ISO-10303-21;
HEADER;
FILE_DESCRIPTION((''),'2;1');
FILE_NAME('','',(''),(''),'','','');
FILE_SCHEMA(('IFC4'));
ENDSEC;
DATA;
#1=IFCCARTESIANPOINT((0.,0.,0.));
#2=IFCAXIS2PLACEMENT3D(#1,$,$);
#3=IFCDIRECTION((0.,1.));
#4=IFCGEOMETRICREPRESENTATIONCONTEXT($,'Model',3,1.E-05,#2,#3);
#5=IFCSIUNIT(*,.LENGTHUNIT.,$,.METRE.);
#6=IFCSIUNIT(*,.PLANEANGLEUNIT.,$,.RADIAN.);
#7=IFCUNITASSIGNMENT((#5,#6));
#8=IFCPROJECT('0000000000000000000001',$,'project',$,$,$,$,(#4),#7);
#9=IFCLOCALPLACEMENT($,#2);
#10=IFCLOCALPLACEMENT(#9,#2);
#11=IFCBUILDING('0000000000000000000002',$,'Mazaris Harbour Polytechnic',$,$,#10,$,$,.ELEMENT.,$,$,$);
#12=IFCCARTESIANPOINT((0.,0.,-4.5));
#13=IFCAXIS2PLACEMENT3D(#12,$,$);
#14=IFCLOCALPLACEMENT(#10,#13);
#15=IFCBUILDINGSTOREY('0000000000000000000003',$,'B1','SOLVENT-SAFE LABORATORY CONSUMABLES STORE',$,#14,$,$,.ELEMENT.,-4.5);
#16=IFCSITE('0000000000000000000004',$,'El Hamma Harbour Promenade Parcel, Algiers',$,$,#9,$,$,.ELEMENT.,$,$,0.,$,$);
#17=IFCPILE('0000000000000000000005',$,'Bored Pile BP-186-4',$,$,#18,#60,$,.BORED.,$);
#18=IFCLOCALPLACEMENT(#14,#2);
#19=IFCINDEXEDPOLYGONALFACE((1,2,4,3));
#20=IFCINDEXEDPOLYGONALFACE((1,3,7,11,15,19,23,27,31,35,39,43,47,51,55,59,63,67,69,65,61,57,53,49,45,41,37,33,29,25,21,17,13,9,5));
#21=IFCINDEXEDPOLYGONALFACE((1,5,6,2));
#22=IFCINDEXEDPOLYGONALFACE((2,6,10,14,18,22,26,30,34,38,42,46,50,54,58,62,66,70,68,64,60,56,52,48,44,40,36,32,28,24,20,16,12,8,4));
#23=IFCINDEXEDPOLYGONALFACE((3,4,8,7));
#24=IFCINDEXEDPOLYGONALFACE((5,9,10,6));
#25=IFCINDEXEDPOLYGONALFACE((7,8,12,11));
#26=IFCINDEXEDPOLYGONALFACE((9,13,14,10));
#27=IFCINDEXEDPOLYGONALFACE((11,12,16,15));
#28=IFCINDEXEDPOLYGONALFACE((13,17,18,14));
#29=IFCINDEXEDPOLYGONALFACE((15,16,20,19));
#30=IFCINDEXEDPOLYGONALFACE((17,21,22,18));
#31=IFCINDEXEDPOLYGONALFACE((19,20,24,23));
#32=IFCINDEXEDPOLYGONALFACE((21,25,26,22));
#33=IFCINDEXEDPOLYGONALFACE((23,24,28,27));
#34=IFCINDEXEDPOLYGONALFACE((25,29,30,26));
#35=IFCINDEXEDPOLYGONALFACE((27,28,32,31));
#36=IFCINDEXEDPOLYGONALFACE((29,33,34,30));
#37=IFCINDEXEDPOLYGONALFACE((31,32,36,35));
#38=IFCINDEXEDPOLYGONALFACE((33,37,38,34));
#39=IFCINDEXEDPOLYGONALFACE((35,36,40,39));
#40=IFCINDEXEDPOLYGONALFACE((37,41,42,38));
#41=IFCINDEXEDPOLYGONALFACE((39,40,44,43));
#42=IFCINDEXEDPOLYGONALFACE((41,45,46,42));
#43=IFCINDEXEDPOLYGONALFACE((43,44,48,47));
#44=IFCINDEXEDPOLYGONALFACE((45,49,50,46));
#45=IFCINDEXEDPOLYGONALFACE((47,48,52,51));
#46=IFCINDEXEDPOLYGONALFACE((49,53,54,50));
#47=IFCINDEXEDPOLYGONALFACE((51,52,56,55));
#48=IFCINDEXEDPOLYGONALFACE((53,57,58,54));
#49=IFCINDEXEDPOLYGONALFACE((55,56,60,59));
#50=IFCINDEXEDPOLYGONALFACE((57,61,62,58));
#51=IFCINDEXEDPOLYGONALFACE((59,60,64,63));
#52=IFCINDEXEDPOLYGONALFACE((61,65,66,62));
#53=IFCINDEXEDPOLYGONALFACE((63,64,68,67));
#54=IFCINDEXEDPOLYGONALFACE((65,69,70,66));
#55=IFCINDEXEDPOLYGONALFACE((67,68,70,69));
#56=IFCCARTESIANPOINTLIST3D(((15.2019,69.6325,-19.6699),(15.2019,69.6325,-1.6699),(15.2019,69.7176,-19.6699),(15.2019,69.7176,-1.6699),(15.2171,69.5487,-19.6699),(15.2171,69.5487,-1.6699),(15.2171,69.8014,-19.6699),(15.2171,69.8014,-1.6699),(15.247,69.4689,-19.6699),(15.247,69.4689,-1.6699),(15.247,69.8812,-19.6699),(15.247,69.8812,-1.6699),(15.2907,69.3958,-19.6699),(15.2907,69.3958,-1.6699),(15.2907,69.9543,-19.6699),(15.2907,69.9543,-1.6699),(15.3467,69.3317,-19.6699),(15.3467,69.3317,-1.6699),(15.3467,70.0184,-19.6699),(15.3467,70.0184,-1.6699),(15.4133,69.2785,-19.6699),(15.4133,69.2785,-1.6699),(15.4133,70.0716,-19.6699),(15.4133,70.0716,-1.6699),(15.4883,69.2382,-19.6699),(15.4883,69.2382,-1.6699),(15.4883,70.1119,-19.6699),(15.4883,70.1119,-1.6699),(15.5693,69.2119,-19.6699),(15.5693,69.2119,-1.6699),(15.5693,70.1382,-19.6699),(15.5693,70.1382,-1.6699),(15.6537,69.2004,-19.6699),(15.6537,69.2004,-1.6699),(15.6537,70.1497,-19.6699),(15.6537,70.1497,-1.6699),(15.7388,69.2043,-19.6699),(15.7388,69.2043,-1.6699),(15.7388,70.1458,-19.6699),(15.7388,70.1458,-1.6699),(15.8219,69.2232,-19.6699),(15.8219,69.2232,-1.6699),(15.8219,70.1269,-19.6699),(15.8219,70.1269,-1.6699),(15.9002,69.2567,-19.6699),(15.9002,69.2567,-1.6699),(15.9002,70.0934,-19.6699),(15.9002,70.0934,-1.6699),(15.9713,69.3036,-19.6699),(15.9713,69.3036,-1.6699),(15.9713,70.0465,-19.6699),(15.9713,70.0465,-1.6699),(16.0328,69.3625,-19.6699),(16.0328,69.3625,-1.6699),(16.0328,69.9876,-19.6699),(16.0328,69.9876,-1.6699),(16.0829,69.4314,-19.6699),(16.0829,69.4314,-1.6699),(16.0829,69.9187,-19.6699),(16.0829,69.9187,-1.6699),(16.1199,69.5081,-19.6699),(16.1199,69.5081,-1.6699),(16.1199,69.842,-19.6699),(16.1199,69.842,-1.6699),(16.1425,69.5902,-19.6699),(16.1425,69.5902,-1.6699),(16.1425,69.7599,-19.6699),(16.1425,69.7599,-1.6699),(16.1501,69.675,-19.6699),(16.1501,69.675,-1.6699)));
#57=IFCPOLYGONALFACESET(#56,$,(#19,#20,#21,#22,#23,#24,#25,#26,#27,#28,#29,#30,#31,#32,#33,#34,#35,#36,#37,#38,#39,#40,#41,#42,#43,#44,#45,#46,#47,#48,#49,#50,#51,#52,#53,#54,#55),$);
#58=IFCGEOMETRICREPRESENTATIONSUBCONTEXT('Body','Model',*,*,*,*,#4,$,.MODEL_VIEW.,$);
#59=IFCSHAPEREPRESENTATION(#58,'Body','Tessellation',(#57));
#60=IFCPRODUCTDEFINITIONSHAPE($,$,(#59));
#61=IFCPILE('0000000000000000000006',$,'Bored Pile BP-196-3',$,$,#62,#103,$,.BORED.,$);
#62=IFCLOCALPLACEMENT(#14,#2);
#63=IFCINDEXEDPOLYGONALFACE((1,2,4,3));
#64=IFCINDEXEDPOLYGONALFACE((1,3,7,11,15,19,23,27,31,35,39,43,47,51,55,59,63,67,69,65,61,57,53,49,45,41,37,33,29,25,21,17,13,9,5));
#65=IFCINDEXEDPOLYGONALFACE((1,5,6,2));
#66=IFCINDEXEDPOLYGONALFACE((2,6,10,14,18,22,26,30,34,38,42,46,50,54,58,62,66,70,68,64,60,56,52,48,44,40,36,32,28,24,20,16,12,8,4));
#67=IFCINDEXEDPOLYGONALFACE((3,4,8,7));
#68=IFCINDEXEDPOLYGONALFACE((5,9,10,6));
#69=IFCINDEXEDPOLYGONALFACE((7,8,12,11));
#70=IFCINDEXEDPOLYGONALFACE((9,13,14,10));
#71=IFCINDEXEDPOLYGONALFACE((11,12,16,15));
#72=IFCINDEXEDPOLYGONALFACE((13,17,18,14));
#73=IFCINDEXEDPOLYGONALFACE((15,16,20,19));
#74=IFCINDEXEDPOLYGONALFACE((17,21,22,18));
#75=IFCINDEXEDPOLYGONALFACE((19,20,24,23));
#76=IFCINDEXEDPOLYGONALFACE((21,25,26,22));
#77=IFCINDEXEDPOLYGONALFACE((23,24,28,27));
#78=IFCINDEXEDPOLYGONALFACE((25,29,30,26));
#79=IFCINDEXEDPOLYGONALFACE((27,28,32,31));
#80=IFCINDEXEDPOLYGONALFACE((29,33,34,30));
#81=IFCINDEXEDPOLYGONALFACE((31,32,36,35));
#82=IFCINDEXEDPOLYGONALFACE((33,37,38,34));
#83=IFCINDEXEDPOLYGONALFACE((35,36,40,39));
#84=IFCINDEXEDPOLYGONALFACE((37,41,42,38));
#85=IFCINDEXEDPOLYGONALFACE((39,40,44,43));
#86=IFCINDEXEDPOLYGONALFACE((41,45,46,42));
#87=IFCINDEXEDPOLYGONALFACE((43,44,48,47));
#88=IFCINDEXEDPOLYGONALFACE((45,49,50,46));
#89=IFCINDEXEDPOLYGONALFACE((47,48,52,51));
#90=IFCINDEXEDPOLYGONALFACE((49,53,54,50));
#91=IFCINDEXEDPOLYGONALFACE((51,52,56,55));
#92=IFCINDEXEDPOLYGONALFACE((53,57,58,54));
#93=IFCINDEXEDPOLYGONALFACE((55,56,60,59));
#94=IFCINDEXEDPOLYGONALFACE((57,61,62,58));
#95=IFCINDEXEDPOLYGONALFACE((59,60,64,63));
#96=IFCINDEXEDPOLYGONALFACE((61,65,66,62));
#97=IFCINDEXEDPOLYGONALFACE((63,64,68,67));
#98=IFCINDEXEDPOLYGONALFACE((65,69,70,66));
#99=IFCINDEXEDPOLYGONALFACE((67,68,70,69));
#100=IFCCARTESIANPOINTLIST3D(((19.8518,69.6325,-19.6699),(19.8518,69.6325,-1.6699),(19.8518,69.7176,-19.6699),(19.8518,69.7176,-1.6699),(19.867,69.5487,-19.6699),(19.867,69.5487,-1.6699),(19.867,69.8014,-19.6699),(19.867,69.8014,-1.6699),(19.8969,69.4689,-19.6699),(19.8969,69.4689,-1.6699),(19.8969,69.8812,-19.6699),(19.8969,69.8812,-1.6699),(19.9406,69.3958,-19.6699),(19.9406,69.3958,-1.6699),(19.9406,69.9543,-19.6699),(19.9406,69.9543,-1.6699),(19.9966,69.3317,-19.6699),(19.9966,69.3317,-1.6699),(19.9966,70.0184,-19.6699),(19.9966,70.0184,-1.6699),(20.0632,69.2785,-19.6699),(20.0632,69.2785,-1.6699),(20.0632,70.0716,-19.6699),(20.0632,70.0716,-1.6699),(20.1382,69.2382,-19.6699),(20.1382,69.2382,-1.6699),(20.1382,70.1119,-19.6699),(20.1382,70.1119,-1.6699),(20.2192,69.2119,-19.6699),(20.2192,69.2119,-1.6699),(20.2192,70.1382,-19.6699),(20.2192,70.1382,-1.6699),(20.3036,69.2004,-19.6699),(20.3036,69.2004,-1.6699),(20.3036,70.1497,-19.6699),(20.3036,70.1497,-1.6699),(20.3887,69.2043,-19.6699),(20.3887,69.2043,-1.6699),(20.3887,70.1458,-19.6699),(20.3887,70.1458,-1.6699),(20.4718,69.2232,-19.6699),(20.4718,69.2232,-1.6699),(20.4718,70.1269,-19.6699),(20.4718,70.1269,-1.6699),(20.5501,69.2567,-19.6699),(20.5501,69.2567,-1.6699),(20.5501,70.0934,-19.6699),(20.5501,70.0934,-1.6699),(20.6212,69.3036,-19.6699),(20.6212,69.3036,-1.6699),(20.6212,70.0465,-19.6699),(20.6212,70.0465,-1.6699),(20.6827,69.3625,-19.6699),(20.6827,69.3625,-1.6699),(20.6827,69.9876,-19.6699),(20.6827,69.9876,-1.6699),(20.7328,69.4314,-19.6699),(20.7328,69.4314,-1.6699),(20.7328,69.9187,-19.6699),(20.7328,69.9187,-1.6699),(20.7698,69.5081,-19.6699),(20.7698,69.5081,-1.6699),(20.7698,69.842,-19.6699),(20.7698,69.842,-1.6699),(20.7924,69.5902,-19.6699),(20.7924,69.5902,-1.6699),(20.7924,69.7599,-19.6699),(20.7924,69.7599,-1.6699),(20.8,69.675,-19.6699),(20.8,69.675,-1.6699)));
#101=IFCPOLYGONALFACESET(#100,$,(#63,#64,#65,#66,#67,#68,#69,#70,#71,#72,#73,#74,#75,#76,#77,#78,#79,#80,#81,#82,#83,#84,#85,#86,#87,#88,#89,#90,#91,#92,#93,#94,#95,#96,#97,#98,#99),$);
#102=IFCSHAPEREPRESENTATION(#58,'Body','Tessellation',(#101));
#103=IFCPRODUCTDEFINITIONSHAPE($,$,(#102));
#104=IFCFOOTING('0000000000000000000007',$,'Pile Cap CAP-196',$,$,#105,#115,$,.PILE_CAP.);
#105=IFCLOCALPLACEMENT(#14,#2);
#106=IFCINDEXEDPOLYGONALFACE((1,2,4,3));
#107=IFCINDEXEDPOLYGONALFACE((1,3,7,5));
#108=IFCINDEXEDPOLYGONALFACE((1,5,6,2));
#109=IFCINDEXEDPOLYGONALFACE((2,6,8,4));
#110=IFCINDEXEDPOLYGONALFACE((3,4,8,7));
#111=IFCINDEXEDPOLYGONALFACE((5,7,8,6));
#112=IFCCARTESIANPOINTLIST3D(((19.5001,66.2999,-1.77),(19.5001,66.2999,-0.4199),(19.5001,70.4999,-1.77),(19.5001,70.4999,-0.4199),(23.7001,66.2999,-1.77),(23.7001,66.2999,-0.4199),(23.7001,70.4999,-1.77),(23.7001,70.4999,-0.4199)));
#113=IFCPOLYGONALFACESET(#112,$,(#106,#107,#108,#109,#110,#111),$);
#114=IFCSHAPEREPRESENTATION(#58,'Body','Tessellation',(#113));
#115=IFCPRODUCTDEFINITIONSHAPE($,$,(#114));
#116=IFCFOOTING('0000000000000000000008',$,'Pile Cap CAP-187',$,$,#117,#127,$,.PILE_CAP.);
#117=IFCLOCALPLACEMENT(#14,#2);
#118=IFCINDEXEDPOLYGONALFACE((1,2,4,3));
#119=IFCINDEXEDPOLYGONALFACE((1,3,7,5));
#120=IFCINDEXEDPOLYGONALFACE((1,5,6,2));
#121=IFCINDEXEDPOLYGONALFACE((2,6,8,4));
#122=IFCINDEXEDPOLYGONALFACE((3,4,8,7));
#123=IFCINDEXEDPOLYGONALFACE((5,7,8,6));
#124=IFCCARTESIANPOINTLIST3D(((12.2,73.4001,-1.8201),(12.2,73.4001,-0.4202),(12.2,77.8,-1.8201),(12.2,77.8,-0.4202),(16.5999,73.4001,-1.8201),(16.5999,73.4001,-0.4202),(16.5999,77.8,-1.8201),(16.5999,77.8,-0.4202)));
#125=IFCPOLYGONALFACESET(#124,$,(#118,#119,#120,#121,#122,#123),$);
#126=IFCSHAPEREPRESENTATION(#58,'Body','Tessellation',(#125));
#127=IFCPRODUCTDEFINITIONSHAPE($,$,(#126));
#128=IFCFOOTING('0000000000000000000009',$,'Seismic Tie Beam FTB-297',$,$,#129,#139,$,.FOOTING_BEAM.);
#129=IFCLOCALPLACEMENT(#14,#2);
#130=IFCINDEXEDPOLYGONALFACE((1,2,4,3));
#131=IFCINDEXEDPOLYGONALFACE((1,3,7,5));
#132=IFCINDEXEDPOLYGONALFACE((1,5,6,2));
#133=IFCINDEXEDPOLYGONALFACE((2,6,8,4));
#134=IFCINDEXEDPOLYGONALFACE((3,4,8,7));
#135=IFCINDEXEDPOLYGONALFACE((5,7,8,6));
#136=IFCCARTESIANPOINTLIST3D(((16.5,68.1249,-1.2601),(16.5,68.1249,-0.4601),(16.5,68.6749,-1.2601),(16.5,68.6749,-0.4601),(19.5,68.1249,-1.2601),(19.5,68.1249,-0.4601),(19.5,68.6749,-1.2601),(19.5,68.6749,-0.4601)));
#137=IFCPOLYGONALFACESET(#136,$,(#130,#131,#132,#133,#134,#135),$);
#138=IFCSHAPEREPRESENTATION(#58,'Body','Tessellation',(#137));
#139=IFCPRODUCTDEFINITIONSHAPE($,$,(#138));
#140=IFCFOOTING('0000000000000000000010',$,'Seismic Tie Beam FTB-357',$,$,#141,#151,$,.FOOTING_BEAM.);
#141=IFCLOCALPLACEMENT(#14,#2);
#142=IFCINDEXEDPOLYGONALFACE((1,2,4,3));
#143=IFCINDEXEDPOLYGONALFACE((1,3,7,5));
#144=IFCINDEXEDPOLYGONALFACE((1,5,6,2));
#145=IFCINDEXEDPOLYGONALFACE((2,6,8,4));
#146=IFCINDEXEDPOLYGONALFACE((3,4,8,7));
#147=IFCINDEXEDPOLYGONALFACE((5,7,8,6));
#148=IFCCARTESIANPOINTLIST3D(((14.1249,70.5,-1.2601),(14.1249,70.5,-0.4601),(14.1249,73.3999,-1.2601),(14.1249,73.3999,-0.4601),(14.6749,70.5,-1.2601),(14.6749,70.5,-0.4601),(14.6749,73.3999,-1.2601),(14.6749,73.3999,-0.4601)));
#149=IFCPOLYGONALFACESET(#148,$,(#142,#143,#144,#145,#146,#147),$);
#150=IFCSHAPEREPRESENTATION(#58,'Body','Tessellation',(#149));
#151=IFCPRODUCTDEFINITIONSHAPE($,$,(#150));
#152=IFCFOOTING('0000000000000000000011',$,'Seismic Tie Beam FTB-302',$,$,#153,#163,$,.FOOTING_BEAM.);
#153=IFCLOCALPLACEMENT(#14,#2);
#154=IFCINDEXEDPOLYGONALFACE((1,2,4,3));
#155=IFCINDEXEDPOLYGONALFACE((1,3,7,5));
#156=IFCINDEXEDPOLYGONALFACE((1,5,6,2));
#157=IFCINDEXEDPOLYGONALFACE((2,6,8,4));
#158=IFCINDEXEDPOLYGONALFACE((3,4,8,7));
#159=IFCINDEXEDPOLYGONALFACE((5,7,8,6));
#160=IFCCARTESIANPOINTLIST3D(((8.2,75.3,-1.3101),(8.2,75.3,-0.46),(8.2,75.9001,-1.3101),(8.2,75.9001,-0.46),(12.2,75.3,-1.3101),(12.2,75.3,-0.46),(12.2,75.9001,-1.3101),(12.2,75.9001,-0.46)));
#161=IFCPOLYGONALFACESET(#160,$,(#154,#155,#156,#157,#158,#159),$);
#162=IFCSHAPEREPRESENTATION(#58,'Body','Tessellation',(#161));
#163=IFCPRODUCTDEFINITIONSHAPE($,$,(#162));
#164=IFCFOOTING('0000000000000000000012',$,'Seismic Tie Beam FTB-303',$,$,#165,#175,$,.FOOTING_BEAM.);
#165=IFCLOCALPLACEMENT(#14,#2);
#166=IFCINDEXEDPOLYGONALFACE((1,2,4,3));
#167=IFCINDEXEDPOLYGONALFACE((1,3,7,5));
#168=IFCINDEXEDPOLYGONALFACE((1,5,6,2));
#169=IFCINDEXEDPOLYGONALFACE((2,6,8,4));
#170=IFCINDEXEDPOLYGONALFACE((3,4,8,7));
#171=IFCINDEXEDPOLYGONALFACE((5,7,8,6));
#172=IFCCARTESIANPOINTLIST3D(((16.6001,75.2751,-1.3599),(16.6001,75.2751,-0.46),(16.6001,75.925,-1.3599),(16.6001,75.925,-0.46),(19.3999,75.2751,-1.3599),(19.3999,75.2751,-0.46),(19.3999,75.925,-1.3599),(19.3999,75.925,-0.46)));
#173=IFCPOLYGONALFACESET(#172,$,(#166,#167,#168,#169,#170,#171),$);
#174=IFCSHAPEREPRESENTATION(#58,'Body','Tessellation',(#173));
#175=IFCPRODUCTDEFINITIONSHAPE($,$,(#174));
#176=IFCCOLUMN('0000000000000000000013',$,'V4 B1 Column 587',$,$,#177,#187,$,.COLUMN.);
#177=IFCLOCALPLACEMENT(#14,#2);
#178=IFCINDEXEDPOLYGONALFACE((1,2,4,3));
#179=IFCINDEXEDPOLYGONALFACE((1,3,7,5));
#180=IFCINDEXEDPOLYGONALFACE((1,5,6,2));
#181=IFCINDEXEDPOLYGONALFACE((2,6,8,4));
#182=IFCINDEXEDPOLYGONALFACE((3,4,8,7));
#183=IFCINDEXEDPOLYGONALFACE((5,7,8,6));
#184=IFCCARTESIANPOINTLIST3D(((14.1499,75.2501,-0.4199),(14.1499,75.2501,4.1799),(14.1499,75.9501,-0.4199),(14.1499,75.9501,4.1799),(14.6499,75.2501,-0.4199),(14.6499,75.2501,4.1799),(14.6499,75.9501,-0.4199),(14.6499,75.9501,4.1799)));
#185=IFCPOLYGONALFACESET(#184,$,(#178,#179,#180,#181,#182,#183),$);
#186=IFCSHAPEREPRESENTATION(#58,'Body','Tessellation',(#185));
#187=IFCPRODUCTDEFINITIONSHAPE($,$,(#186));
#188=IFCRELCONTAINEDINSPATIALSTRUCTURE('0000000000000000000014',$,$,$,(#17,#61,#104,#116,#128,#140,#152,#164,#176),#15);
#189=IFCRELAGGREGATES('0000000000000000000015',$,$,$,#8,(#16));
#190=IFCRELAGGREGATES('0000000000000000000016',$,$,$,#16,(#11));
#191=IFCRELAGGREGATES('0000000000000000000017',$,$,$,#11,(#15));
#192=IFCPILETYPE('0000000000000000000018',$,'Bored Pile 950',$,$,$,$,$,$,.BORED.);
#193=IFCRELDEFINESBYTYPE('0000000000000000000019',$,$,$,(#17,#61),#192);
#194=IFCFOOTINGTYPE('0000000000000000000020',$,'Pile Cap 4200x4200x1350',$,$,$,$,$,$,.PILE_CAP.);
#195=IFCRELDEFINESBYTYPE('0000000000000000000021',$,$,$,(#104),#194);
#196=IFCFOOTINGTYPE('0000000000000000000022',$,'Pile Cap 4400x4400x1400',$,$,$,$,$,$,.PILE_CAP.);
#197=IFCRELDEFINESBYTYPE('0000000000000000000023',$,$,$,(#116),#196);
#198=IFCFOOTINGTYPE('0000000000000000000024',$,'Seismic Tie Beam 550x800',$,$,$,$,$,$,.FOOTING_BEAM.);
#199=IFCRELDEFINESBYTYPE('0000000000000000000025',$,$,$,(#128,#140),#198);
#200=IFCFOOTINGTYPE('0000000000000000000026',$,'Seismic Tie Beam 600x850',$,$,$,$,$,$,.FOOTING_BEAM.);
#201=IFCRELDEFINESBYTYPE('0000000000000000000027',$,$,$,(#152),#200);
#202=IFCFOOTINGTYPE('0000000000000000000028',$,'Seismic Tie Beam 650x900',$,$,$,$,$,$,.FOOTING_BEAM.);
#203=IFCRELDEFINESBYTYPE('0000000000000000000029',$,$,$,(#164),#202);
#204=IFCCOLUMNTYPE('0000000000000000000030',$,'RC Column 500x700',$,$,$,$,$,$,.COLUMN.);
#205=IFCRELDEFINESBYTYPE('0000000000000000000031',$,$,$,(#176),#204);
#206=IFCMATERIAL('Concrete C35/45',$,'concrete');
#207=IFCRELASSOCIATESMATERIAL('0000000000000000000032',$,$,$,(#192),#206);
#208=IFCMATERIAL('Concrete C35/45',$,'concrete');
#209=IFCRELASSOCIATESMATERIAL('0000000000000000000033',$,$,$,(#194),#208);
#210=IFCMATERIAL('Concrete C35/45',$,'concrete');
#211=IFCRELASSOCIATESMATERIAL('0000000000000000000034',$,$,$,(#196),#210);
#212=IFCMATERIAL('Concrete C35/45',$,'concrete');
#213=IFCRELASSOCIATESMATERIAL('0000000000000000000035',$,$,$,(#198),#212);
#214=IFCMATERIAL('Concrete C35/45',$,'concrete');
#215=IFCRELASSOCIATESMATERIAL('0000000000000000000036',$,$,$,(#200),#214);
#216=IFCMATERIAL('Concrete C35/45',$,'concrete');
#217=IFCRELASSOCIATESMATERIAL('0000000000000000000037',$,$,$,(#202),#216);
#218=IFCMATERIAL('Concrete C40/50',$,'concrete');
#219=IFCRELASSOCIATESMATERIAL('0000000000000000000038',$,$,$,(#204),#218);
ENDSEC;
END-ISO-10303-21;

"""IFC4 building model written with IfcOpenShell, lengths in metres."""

from ifc_helpers import new_model, si_unit, direction, frame, origin, origin_2d, place, context, subcontext, project, spatial, rectangle, circle, extrude, material, material_profile, profile_set, type_object, element, save


model = new_model("IFC4")

# Units and contexts
model_context = context("Model", 3, precision=1e-05, world=origin(), true_north=direction((0.0, 1.0)))
body_context = subcontext(model_context, "Body", "Model", "MODEL_VIEW")
ifc_project = project(units=[si_unit("LENGTHUNIT", "METRE"), si_unit("PLANEANGLEUNIT", "RADIAN")], contexts=[model_context])

# Site, building, storey
site_placement = place(None, origin())
site = spatial("IfcSite", under=ifc_project, at=site_placement, Name="El Hamma Harbour Promenade Parcel, Algiers", CompositionType="ELEMENT", RefElevation=0.0)
building_placement = place(site_placement, origin())
building = spatial("IfcBuilding", under=site, at=building_placement, Name="Mazaris Harbour Polytechnic", CompositionType="ELEMENT")
storey_placement = place(building_placement, frame((0.0, 0.0, -4.5)))
storey = spatial("IfcBuildingStorey", under=building, at=storey_placement, Name="B1", Description="SOLVENT-SAFE LABORATORY CONSUMABLES STORE", CompositionType="ELEMENT", Elevation=-4.5)

# Piles
ifc_material_1 = material(Name="Concrete C35/45", Category="concrete")
ifc_material_profile_1 = material_profile(ifc_material_1, circle(Radius=0.4751, at=origin_2d()), Name="DIA950")
ifc_profile_set_1 = profile_set([ifc_material_profile_1], Name="Concrete C35/45")
pile_type_1 = type_object("IfcPileType", Name="Bored Pile 950", PredefinedType="BORED", material=ifc_profile_set_1)
for number, where, z_axis, x_axis, name in (
    (1, (15.675, 69.675, -1.6699), (0.0, 0.0, -1.0), (1.0, 0.0, 0.0), "Bored Pile BP-186-4"),
    (2, (20.325, 69.675, -1.6699), (0.0, 0.0, -1.0), (1.0, 0.0, 0.0), "Bored Pile BP-196-3"),
):
    element("IfcPile", number, at=place(storey_placement, frame(where, z_axis=z_axis, x_axis=x_axis)), inside=storey, type_object=pile_type_1, Name=name, PredefinedType="BORED", context=body_context, shape_type="SweptSolid", body=[
        extrude(circle(Radius=0.4751, at=origin_2d()), origin(), (0.0, 0.0, 1.0), 18.0),
    ])

# Footings
ifc_material_2 = material(Name="Concrete C35/45", Category="concrete")
footing_type_1 = type_object("IfcFootingType", Name="Pile Cap 4200x4200x1350", PredefinedType="PILE_CAP", material=ifc_material_2)
footing_1_placement = place(storey_placement, frame((21.6001, 68.3999, -1.77), z_axis=(0.0, 0.0, 1.0), x_axis=(1.0, 0.0, 0.0)))
element("IfcFooting", 3, at=footing_1_placement, inside=storey, type_object=footing_type_1, Name="Pile Cap CAP-196", PredefinedType="PILE_CAP", context=body_context, shape_type="SweptSolid", body=[
    extrude(rectangle(XDim=4.2, YDim=4.2, at=origin_2d()), origin(), (0.0, 0.0, 1.0), 1.3501),
])
ifc_material_3 = material(Name="Concrete C35/45", Category="concrete")
footing_type_2 = type_object("IfcFootingType", Name="Pile Cap 4400x4400x1400", PredefinedType="PILE_CAP", material=ifc_material_3)
footing_2_placement = place(storey_placement, frame((14.3999, 75.6001, -1.8201), z_axis=(0.0, 0.0, 1.0), x_axis=(1.0, 0.0, 0.0)))
element("IfcFooting", 4, at=footing_2_placement, inside=storey, type_object=footing_type_2, Name="Pile Cap CAP-187", PredefinedType="PILE_CAP", context=body_context, shape_type="SweptSolid", body=[
    extrude(rectangle(XDim=4.3999, YDim=4.3999, at=origin_2d()), origin(), (0.0, 0.0, 1.0), 1.3999),
])
ifc_material_4 = material(Name="Concrete C35/45", Category="concrete")
ifc_material_profile_2 = material_profile(ifc_material_4, rectangle(XDim=0.55, YDim=0.8, at=origin_2d()), Name="RECT550x800")
ifc_profile_set_2 = profile_set([ifc_material_profile_2], Name="Concrete C35/45")
footing_type_3 = type_object("IfcFootingType", Name="Seismic Tie Beam 550x800", PredefinedType="FOOTING_BEAM", material=ifc_profile_set_2)
footing_3_placement = place(storey_placement, frame((16.5, 68.3999, -0.8601), z_axis=(1.0, 0.0, 0.0), x_axis=(0.0, 1.0, 0.0)))
element("IfcFooting", 5, at=footing_3_placement, inside=storey, type_object=footing_type_3, Name="Seismic Tie Beam FTB-297", PredefinedType="FOOTING_BEAM", context=body_context, shape_type="SweptSolid", body=[
    extrude(rectangle(XDim=0.55, YDim=0.8, at=origin_2d()), origin(), (0.0, 0.0, 1.0), 3.0),
])
footing_4_placement = place(storey_placement, frame((14.3999, 70.5, -0.8601), z_axis=(0.0, 1.0, 0.0), x_axis=(-1.0, 0.0, 0.0)))
element("IfcFooting", 6, at=footing_4_placement, inside=storey, type_object=footing_type_3, Name="Seismic Tie Beam FTB-357", PredefinedType="FOOTING_BEAM", context=body_context, shape_type="SweptSolid", body=[
    extrude(rectangle(XDim=0.55, YDim=0.8, at=origin_2d()), origin(), (0.0, 0.0, 1.0), 2.8999),
])
ifc_material_5 = material(Name="Concrete C35/45", Category="concrete")
ifc_material_profile_3 = material_profile(ifc_material_5, rectangle(XDim=0.6001, YDim=0.8501, at=origin_2d()), Name="RECT600x850")
ifc_profile_set_3 = profile_set([ifc_material_profile_3], Name="Concrete C35/45")
footing_type_4 = type_object("IfcFootingType", Name="Seismic Tie Beam 600x850", PredefinedType="FOOTING_BEAM", material=ifc_profile_set_3)
footing_5_placement = place(storey_placement, frame((8.2, 75.6001, -0.885), z_axis=(1.0, 0.0, 0.0), x_axis=(0.0, 1.0, 0.0)))
element("IfcFooting", 7, at=footing_5_placement, inside=storey, type_object=footing_type_4, Name="Seismic Tie Beam FTB-302", PredefinedType="FOOTING_BEAM", context=body_context, shape_type="SweptSolid", body=[
    extrude(rectangle(XDim=0.6001, YDim=0.8501, at=origin_2d()), origin(), (0.0, 0.0, 1.0), 4.0),
])
ifc_material_6 = material(Name="Concrete C35/45", Category="concrete")
ifc_material_profile_4 = material_profile(ifc_material_6, rectangle(XDim=0.6499, YDim=0.8999, at=origin_2d()), Name="RECT650x900")
ifc_profile_set_4 = profile_set([ifc_material_profile_4], Name="Concrete C35/45")
footing_type_5 = type_object("IfcFootingType", Name="Seismic Tie Beam 650x900", PredefinedType="FOOTING_BEAM", material=ifc_profile_set_4)
footing_6_placement = place(storey_placement, frame((16.6001, 75.6001, -0.9099), z_axis=(1.0, 0.0, 0.0), x_axis=(0.0, 1.0, 0.0)))
element("IfcFooting", 8, at=footing_6_placement, inside=storey, type_object=footing_type_5, Name="Seismic Tie Beam FTB-303", PredefinedType="FOOTING_BEAM", context=body_context, shape_type="SweptSolid", body=[
    extrude(rectangle(XDim=0.6499, YDim=0.8999, at=origin_2d()), origin(), (0.0, 0.0, 1.0), 2.7998),
])

# Column
ifc_material_7 = material(Name="Concrete C40/50", Category="concrete")
ifc_material_profile_5 = material_profile(ifc_material_7, rectangle(XDim=0.5, YDim=0.7, at=origin_2d()), Name="RECT500x700")
ifc_profile_set_5 = profile_set([ifc_material_profile_5], Name="Concrete C40/50")
column_type_1 = type_object("IfcColumnType", Name="RC Column 500x700", PredefinedType="COLUMN", material=ifc_profile_set_5)
column_1_placement = place(storey_placement, frame((14.3999, 75.6001, -0.4199), z_axis=(0.0, 0.0, 1.0), x_axis=(1.0, 0.0, 0.0)))
element("IfcColumn", 9, at=column_1_placement, inside=storey, type_object=column_type_1, Name="V4 B1 Column 587", PredefinedType="COLUMN", context=body_context, shape_type="SweptSolid", body=[
    extrude(rectangle(XDim=0.5, YDim=0.7, at=origin_2d()), origin(), (0.0, 0.0, 1.0), 4.5999),
])

save(model, "model.ifc")
